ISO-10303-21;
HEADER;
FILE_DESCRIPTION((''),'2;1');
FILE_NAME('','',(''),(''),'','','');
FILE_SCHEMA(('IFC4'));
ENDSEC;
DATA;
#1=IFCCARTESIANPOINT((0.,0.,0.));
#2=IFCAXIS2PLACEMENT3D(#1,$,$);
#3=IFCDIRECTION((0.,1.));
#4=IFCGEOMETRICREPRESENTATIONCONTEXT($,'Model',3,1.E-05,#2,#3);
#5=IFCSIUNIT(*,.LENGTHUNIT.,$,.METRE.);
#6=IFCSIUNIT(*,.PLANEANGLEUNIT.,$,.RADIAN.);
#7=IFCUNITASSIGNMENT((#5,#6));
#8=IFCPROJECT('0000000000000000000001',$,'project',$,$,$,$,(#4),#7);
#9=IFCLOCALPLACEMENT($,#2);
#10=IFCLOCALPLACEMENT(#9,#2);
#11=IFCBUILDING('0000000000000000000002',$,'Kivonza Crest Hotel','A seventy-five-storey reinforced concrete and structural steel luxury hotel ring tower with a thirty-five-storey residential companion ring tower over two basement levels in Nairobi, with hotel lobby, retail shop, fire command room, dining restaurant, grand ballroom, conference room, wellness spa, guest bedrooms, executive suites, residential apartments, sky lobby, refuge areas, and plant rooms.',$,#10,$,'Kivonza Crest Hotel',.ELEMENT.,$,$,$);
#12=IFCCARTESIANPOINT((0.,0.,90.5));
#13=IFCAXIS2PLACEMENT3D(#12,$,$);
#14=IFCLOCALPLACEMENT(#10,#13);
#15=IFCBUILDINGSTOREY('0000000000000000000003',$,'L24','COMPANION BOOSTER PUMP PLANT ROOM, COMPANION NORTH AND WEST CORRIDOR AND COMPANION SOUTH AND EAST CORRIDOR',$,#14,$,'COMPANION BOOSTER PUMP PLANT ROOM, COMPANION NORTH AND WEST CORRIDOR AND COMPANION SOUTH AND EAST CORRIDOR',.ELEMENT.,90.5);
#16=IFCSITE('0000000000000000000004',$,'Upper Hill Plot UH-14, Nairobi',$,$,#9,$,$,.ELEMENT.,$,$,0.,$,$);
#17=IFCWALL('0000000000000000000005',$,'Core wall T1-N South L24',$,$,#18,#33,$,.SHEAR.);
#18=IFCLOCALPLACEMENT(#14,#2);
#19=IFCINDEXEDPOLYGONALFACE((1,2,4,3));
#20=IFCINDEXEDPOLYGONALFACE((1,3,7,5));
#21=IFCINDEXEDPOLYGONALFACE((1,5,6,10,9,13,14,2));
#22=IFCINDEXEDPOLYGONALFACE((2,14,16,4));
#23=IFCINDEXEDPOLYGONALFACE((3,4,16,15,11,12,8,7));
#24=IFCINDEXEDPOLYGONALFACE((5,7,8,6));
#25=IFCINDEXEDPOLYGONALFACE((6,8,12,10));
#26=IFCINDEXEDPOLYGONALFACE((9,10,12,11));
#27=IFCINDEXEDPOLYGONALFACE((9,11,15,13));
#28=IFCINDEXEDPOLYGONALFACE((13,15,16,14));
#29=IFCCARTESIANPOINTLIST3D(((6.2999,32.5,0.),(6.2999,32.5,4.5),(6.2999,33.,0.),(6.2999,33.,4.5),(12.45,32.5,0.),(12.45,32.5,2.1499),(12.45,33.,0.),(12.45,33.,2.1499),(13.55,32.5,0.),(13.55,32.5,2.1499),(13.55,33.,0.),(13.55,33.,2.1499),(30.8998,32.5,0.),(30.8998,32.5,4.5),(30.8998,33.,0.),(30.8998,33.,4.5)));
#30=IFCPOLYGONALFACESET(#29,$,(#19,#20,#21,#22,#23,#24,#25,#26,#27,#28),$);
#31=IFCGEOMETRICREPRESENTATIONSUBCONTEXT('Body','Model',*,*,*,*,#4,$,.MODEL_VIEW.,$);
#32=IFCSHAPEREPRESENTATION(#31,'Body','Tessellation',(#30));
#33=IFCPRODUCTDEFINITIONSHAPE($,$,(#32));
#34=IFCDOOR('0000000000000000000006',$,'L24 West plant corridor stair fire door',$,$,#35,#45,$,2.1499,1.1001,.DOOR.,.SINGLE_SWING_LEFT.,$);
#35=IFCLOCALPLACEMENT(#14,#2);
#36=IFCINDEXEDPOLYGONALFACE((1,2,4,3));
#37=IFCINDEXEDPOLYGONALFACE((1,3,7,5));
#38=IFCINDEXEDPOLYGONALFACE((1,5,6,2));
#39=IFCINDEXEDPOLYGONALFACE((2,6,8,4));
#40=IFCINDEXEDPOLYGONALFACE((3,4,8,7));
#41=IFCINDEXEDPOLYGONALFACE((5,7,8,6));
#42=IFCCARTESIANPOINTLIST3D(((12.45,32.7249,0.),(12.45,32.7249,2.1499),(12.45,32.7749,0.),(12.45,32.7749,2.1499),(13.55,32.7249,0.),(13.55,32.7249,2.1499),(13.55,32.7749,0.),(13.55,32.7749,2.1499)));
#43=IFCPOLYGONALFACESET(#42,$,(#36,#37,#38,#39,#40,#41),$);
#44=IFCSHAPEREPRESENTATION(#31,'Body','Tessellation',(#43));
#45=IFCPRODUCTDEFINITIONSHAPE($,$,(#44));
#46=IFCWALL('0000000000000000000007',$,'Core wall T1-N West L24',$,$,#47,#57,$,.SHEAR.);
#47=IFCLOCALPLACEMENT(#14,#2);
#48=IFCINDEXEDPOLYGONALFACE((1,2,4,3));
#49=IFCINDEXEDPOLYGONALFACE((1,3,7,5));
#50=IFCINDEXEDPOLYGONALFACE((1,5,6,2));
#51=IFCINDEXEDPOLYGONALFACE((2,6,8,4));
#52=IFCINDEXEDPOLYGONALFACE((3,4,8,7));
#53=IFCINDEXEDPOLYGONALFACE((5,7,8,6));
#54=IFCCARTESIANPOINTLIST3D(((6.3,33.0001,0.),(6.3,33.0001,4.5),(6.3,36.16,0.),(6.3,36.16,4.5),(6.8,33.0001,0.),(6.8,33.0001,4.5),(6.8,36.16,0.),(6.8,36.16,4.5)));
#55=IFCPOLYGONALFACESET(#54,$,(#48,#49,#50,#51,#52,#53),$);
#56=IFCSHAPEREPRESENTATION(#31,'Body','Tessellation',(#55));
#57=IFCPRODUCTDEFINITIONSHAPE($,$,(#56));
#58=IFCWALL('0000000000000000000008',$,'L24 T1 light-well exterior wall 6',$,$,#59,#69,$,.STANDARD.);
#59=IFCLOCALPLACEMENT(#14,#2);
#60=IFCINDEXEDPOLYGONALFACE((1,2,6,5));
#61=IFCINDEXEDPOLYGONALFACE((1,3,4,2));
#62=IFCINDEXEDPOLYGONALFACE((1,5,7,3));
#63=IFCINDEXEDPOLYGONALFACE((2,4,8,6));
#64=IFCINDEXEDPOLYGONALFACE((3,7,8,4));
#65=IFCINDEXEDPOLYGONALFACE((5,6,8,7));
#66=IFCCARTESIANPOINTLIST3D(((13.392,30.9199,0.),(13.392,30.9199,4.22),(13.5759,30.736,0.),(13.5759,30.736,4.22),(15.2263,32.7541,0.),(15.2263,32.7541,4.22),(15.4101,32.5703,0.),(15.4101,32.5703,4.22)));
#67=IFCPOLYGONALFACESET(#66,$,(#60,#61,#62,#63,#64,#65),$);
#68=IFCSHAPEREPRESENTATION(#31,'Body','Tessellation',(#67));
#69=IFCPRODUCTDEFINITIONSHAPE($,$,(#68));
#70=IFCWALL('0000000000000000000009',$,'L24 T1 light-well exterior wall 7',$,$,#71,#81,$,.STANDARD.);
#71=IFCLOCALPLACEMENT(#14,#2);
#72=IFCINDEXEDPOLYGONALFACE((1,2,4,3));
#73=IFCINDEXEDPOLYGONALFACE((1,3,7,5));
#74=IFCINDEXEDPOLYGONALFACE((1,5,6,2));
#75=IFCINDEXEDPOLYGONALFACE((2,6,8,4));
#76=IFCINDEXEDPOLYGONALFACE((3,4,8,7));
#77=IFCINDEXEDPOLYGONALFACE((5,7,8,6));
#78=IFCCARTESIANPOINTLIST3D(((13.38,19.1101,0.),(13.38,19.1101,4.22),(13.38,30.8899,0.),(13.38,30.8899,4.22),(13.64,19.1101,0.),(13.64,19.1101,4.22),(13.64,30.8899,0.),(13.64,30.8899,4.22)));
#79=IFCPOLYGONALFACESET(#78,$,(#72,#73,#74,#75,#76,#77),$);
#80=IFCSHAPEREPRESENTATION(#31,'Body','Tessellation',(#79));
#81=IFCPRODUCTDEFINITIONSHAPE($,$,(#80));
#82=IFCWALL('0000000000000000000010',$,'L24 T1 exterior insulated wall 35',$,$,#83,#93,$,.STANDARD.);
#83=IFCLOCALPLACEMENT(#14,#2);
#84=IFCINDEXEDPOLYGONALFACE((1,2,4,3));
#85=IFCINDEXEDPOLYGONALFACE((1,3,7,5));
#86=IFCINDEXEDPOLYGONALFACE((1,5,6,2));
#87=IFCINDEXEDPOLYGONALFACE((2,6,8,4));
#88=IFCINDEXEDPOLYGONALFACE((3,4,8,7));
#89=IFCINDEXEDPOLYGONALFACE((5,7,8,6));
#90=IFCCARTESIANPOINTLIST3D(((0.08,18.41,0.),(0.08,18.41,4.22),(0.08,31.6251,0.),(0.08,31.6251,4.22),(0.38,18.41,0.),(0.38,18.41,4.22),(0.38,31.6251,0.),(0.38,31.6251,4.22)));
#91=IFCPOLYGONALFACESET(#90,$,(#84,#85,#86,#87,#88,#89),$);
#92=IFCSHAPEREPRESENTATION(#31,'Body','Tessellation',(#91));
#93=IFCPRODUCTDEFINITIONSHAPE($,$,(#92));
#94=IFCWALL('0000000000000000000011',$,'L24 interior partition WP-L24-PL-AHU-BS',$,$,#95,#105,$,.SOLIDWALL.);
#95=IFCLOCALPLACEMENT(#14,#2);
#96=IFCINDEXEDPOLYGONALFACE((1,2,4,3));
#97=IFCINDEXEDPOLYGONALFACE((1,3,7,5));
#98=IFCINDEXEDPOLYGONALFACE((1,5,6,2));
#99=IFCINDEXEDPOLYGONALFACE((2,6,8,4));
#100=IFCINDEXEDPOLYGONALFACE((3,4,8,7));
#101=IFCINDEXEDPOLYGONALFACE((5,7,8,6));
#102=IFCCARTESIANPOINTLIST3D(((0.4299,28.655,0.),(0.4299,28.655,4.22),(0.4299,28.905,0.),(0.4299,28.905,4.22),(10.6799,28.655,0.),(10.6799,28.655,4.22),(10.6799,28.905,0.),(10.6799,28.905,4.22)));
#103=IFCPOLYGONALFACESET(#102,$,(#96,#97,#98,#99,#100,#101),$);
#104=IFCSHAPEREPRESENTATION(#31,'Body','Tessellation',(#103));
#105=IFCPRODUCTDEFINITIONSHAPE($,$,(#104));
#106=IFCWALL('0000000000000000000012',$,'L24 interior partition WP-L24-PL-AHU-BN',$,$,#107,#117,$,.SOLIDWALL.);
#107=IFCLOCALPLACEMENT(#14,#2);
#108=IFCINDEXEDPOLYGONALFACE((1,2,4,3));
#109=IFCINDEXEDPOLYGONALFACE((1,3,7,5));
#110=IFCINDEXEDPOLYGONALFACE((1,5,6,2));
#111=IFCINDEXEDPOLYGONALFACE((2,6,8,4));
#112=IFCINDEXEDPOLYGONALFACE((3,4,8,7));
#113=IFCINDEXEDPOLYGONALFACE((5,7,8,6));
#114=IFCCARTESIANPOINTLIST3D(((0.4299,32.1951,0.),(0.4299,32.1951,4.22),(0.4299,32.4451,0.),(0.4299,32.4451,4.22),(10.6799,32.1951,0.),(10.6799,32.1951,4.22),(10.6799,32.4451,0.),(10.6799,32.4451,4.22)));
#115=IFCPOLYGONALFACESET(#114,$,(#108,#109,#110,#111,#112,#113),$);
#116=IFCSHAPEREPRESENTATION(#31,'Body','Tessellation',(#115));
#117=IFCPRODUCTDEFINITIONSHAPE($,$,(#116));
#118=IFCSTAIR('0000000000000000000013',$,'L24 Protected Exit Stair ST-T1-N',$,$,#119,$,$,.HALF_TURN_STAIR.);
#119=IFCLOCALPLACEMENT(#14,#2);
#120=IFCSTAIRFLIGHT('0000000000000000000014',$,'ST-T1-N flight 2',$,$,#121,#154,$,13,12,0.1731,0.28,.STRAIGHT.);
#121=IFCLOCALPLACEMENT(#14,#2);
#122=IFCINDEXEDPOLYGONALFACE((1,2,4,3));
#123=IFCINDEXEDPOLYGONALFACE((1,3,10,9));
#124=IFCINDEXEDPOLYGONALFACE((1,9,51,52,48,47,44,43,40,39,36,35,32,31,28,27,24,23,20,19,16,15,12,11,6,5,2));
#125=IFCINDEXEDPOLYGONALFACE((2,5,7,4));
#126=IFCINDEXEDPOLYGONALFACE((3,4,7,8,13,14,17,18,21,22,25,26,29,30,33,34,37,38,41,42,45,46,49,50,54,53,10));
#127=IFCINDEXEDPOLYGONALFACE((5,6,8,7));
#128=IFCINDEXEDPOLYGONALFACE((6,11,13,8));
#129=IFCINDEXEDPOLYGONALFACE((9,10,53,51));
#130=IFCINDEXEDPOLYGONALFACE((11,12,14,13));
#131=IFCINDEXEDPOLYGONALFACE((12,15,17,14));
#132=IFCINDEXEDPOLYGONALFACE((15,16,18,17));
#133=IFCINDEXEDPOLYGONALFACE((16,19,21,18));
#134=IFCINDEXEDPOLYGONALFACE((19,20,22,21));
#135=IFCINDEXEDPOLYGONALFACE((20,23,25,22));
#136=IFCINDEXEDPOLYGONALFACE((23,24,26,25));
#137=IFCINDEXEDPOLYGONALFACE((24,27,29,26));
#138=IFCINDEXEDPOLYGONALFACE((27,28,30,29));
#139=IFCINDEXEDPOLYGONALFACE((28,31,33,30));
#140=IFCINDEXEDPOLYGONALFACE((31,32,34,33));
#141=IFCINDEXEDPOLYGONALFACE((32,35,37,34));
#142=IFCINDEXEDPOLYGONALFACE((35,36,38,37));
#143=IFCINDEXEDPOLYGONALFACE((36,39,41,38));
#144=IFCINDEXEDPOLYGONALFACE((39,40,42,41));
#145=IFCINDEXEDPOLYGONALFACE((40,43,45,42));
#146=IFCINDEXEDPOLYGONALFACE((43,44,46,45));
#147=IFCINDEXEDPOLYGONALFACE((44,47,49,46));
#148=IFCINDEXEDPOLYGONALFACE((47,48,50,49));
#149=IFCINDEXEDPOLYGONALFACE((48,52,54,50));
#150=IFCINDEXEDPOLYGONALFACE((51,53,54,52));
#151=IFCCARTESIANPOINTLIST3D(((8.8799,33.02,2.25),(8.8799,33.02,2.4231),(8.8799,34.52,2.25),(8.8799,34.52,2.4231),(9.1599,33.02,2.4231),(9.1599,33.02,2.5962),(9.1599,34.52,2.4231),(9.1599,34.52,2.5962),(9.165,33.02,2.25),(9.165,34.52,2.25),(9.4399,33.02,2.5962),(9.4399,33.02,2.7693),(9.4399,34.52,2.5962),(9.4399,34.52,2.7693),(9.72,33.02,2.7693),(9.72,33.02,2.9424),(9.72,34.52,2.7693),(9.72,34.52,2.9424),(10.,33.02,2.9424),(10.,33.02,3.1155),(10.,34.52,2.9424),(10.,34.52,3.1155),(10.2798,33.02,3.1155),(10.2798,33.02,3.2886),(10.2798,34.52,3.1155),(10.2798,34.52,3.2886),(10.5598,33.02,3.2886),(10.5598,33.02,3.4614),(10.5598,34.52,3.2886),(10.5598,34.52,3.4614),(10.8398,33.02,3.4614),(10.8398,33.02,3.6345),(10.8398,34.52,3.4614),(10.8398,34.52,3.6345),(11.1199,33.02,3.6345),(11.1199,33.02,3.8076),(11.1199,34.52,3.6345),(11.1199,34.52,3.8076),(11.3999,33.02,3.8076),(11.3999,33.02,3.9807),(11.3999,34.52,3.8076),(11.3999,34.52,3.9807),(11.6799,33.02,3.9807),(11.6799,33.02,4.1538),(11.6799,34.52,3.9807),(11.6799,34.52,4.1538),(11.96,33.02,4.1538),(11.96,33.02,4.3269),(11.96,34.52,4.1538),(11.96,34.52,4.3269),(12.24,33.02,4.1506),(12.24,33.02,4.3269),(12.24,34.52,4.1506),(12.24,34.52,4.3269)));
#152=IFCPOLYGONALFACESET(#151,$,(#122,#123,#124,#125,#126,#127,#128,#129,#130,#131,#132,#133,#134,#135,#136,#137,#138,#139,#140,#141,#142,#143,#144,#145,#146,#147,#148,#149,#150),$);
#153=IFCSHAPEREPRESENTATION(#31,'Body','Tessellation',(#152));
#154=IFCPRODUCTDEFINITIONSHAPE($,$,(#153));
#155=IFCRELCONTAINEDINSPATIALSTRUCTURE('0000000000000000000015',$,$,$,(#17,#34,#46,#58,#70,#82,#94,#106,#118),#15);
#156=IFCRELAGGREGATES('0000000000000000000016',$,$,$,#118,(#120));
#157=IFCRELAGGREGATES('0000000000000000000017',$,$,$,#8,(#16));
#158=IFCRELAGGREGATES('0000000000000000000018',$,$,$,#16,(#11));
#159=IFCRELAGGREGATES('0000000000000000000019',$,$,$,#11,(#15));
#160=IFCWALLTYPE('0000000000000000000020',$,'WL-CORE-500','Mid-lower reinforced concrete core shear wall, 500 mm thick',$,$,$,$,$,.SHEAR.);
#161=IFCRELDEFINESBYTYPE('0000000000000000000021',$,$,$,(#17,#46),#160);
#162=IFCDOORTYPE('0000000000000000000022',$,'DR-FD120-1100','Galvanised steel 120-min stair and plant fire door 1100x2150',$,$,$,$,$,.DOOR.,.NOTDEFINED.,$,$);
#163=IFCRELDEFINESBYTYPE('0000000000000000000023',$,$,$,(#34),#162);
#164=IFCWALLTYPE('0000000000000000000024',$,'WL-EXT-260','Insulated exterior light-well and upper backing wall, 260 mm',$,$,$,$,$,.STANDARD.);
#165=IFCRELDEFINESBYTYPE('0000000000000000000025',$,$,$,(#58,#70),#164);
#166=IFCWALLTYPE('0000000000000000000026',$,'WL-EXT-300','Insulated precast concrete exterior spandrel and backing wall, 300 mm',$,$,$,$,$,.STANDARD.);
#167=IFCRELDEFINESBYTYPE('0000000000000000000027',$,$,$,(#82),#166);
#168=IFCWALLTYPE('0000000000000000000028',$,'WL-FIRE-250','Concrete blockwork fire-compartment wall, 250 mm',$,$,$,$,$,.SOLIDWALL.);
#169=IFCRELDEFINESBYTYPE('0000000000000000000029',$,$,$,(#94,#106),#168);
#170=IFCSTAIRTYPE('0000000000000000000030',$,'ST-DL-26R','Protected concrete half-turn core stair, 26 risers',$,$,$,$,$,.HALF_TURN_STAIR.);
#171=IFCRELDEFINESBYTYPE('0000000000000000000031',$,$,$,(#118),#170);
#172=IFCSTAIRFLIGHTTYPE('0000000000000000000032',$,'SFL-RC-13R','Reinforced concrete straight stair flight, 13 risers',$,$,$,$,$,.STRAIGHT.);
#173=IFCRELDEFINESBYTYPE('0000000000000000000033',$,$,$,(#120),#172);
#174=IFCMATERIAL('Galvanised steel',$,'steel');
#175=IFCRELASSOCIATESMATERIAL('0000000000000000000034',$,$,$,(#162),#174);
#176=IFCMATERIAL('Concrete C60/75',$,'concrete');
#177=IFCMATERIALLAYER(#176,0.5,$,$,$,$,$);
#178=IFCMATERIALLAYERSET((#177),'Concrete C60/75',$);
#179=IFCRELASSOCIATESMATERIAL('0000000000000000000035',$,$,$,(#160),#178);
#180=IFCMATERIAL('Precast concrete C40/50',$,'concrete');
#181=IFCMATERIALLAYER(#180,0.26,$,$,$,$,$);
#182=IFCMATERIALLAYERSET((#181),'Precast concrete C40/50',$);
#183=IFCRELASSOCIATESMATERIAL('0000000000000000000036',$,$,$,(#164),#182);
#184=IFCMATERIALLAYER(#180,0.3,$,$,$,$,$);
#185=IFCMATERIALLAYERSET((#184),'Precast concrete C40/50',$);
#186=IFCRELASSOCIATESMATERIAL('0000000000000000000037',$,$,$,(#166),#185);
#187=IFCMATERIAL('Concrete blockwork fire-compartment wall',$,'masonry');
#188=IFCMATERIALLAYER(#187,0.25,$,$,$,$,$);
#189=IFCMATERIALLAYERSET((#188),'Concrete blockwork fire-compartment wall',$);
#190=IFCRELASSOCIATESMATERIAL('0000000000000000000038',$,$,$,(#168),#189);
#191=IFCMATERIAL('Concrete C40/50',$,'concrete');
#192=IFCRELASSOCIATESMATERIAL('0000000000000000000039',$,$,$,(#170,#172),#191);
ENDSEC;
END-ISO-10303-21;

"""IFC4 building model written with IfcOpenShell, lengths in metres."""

from ifc_helpers import new_model, si_unit, direction, frame, frame_2d, origin, place, context, subcontext, project, spatial, polyline, rectangle, outline, extrude, material, layer, layer_set, type_object, element, fill, aggregate, save


model = new_model("IFC4")

# Units and contexts
model_context = context("Model", 3, precision=1e-05, world=origin(), true_north=direction((0.0, 1.0)))
body_context = subcontext(model_context, "Body", "Model", "MODEL_VIEW")
ifc_project = project(units=[si_unit("LENGTHUNIT", "METRE"), si_unit("PLANEANGLEUNIT", "RADIAN")], contexts=[model_context])

# Site, building, storey
site_placement = place(None, origin())
site = spatial("IfcSite", under=ifc_project, at=site_placement, Name="Upper Hill Plot UH-14, Nairobi", CompositionType="ELEMENT", RefElevation=0.0)
building_placement = place(site_placement, origin())
building = spatial("IfcBuilding", under=site, at=building_placement, Name="Kivonza Crest Hotel", Description="A seventy-five-storey reinforced concrete and structural steel luxury hotel ring tower with a thirty-five-storey residential companion ring tower over two basement levels in Nairobi, with hotel lobby, retail shop, fire command room, dining restaurant, grand ballroom, conference room, wellness spa, guest bedrooms, executive suites, residential apartments, sky lobby, refuge areas, and plant rooms.", LongName="Kivonza Crest Hotel", CompositionType="ELEMENT")
storey_placement = place(building_placement, frame((0.0, 0.0, 90.5)))
storey = spatial("IfcBuildingStorey", under=building, at=storey_placement, Name="L24", Description="COMPANION BOOSTER PUMP PLANT ROOM, COMPANION NORTH AND WEST CORRIDOR AND COMPANION SOUTH AND EAST CORRIDOR", LongName="COMPANION BOOSTER PUMP PLANT ROOM, COMPANION NORTH AND WEST CORRIDOR AND COMPANION SOUTH AND EAST CORRIDOR", CompositionType="ELEMENT", Elevation=90.5)

# Wall, opening, door
ifc_material_1 = material(Name="Galvanised steel", Category="steel")
door_type = type_object("IfcDoorType", Name="DR-FD120-1100", Description="Galvanised steel 120-min stair and plant fire door 1100x2150", OperationType="NOTDEFINED", PredefinedType="DOOR", material=ifc_material_1)
ifc_material_2 = material(Name="Concrete C60/75", Category="concrete")
ifc_layer_1 = layer(ifc_material_2, 0.5)
ifc_layer_set_1 = layer_set([ifc_layer_1], Name="Concrete C60/75")
wall_type_1 = type_object("IfcWallType", Name="WL-CORE-500", Description="Mid-lower reinforced concrete core shear wall, 500 mm thick", PredefinedType="SHEAR", material=ifc_layer_set_1)
wall_1_placement = place(storey_placement, frame((6.3, 32.75, 0.0), z_axis=(0.0, 0.0, 1.0), x_axis=(1.0, 0.0, 0.0)))
wall_1 = element("IfcWall", 1, at=wall_1_placement, inside=storey, type_object=wall_type_1, Name="Core wall T1-N South L24", PredefinedType="SHEAR", context=body_context, shape_type="SweptSolid", body=[
    extrude(rectangle(XDim=24.5999, YDim=0.5, at=frame_2d((12.2998, 0.0))), origin(), (0.0, 0.0, 1.0), 4.5),
])
opening_1_placement = place(wall_1_placement, frame((6.1499, 0.0, 0.0)))
opening_1 = element("IfcOpeningElement", 2, at=opening_1_placement, cuts=wall_1, PredefinedType="OPENING", context=body_context, shape_type="SweptSolid", body=[
    extrude(rectangle(XDim=1.1001, YDim=2.1499, at=frame_2d((0.55, 1.075))), frame((0.0, 0.26, 0.0), z_axis=(0.0, -1.0, 0.0), x_axis=(1.0, 0.0, 0.0)), (0.0, 0.0, 1.0), 0.52),
])
door_1_placement = place(opening_1_placement, origin())
door_1 = element("IfcDoor", 3, at=door_1_placement, inside=storey, type_object=door_type, Name="L24 West plant corridor stair fire door", OperationType="SINGLE_SWING_LEFT", OverallHeight=2.1499, OverallWidth=1.1001, PredefinedType="DOOR", context=body_context, shape_type="SweptSolid", body=[
    extrude(rectangle(XDim=1.1001, YDim=2.1499, at=frame_2d((0.55, 1.075))), frame((0.0, 0.0249, 0.0), z_axis=(0.0, -1.0, 0.0), x_axis=(1.0, 0.0, 0.0)), (0.0, 0.0, 1.0), 0.05),
])
fill(opening_1, door_1)

# Walls
wall_2_placement = place(storey_placement, frame((6.55, 33.0, 0.0), z_axis=(0.0, 0.0, 1.0), x_axis=(0.0, 1.0, 0.0)))
element("IfcWall", 4, at=wall_2_placement, inside=storey, type_object=wall_type_1, Name="Core wall T1-N West L24", PredefinedType="SHEAR", context=body_context, shape_type="SweptSolid", body=[
    extrude(rectangle(XDim=3.1599, YDim=0.5, at=frame_2d((1.5801, 0.0))), origin(), (0.0, 0.0, 1.0), 4.5),
])
ifc_material_3 = material(Name="Precast concrete C40/50", Category="concrete")
ifc_layer_2 = layer(ifc_material_3, 0.26)
ifc_layer_set_2 = layer_set([ifc_layer_2], Name="Precast concrete C40/50")
wall_type_2 = type_object("IfcWallType", Name="WL-EXT-260", Description="Insulated exterior light-well and upper backing wall, 260 mm", PredefinedType="STANDARD", material=ifc_layer_set_2)
wall_3_placement = place(storey_placement, frame((15.3181, 32.6621, 0.0), z_axis=(0.0, 0.0, 1.0), x_axis=(-0.707107, -0.707107, 0.0)))
element("IfcWall", 5, at=wall_3_placement, inside=storey, type_object=wall_type_2, Name="L24 T1 light-well exterior wall 6", PredefinedType="STANDARD", context=body_context, shape_type="SweptSolid", body=[
    extrude(rectangle(XDim=2.594, YDim=0.26, at=frame_2d((1.2969, 0.0))), origin(), (0.0, 0.0, 1.0), 4.22),
])
wall_4_placement = place(storey_placement, frame((13.51, 30.8899, 0.0), z_axis=(0.0, 0.0, 1.0), x_axis=(0.0, -1.0, 0.0)))
element("IfcWall", 6, at=wall_4_placement, inside=storey, type_object=wall_type_2, Name="L24 T1 light-well exterior wall 7", PredefinedType="STANDARD", context=body_context, shape_type="SweptSolid", body=[
    extrude(rectangle(XDim=11.7798, YDim=0.26, at=frame_2d((5.8899, 0.0))), origin(), (0.0, 0.0, 1.0), 4.22),
])
ifc_layer_3 = layer(ifc_material_3, 0.3)
ifc_layer_set_3 = layer_set([ifc_layer_3], Name="Precast concrete C40/50")
wall_type_3 = type_object("IfcWallType", Name="WL-EXT-300", Description="Insulated precast concrete exterior spandrel and backing wall, 300 mm", PredefinedType="STANDARD", material=ifc_layer_set_3)
wall_5_placement = place(storey_placement, frame((0.23, 31.625, 0.0), z_axis=(0.0, 0.0, 1.0), x_axis=(0.0, -1.0, 0.0)))
element("IfcWall", 7, at=wall_5_placement, inside=storey, type_object=wall_type_3, Name="L24 T1 exterior insulated wall 35", PredefinedType="STANDARD", context=body_context, shape_type="SweptSolid", body=[
    extrude(rectangle(XDim=13.2151, YDim=0.3, at=frame_2d((6.6074, 0.0))), origin(), (0.0, 0.0, 1.0), 4.22),
])
ifc_material_4 = material(Name="Concrete blockwork fire-compartment wall", Category="masonry")
ifc_layer_4 = layer(ifc_material_4, 0.25)
ifc_layer_set_4 = layer_set([ifc_layer_4], Name="Concrete blockwork fire-compartment wall")
wall_type_4 = type_object("IfcWallType", Name="WL-FIRE-250", Description="Concrete blockwork fire-compartment wall, 250 mm", PredefinedType="SOLIDWALL", material=ifc_layer_set_4)
for number, where, z_axis, x_axis, name in (
    (8, (0.4299, 28.78, 0.0), (0.0, 0.0, 1.0), (1.0, 0.0, 0.0), "L24 interior partition WP-L24-PL-AHU-BS"),
    (9, (0.4299, 32.3201, 0.0), (0.0, 0.0, 1.0), (1.0, 0.0, 0.0), "L24 interior partition WP-L24-PL-AHU-BN"),
):
    element("IfcWall", number, at=place(storey_placement, frame(where, z_axis=z_axis, x_axis=x_axis)), inside=storey, type_object=wall_type_4, Name=name, PredefinedType="SOLIDWALL", context=body_context, shape_type="SweptSolid", body=[
        extrude(rectangle(XDim=10.25, YDim=0.25, at=frame_2d((5.125, 0.0))), origin(), (0.0, 0.0, 1.0), 4.22),
    ])

# Stair, stair flight
ifc_material_5 = material(Name="Concrete C40/50", Category="concrete")
stair_type = type_object("IfcStairType", Name="ST-DL-26R", Description="Protected concrete half-turn core stair, 26 risers", PredefinedType="HALF_TURN_STAIR", material=ifc_material_5)
stair_placement = place(storey_placement, origin())
stair = element("IfcStair", 10, at=stair_placement, inside=storey, type_object=stair_type, Name="L24 Protected Exit Stair ST-T1-N", PredefinedType="HALF_TURN_STAIR")
stair_flight_type = type_object("IfcStairFlightType", Name="SFL-RC-13R", Description="Reinforced concrete straight stair flight, 13 risers", PredefinedType="STRAIGHT", material=ifc_material_5)
stair_flight_placement = place(storey_placement, frame((8.8799, 33.77, 2.25), z_axis=(0.0, 0.0, 1.0), x_axis=(1.0, 0.0, 0.0)))
stair_flight = element("IfcStairFlight", 11, at=stair_flight_placement, type_object=stair_flight_type, Name="ST-T1-N flight 2", NumberOfRisers=13, NumberOfTreads=12, PredefinedType="STRAIGHT", RiserHeight=0.1731, TreadLength=0.28, context=body_context, shape_type="SweptSolid", body=[
    extrude(outline(polyline([(0.0, 0.0), (0.0, 0.1731), (0.28, 0.1731), (0.28, 0.3462), (0.5601, 0.3462), (0.5601, 0.5193), (0.8401, 0.5193), (0.8401, 0.6924), (1.1201, 0.6924), (1.1201, 0.8655), (1.3999, 0.8655), (1.3999, 1.0386), (1.6799, 1.0386), (1.6799, 1.2114), (1.96, 1.2114), (1.96, 1.3845), (2.24, 1.3845), (2.24, 1.5576), (2.52, 1.5576), (2.52, 1.7307), (2.8, 1.7307), (2.8, 1.9038), (3.0801, 1.9038), (3.0801, 2.0769), (3.3601, 2.0769), (3.3601, 2.25), (3.3601, 1.9006), (0.2852, 0.0), (0.0, 0.0)])), frame((0.0, 0.75, 0.0), z_axis=(0.0, -1.0, 0.0), x_axis=(1.0, 0.0, 0.0)), (0.0, 0.0, 1.0), 1.5),
])
aggregate(stair, [stair_flight])

save(model, "model.ifc")
